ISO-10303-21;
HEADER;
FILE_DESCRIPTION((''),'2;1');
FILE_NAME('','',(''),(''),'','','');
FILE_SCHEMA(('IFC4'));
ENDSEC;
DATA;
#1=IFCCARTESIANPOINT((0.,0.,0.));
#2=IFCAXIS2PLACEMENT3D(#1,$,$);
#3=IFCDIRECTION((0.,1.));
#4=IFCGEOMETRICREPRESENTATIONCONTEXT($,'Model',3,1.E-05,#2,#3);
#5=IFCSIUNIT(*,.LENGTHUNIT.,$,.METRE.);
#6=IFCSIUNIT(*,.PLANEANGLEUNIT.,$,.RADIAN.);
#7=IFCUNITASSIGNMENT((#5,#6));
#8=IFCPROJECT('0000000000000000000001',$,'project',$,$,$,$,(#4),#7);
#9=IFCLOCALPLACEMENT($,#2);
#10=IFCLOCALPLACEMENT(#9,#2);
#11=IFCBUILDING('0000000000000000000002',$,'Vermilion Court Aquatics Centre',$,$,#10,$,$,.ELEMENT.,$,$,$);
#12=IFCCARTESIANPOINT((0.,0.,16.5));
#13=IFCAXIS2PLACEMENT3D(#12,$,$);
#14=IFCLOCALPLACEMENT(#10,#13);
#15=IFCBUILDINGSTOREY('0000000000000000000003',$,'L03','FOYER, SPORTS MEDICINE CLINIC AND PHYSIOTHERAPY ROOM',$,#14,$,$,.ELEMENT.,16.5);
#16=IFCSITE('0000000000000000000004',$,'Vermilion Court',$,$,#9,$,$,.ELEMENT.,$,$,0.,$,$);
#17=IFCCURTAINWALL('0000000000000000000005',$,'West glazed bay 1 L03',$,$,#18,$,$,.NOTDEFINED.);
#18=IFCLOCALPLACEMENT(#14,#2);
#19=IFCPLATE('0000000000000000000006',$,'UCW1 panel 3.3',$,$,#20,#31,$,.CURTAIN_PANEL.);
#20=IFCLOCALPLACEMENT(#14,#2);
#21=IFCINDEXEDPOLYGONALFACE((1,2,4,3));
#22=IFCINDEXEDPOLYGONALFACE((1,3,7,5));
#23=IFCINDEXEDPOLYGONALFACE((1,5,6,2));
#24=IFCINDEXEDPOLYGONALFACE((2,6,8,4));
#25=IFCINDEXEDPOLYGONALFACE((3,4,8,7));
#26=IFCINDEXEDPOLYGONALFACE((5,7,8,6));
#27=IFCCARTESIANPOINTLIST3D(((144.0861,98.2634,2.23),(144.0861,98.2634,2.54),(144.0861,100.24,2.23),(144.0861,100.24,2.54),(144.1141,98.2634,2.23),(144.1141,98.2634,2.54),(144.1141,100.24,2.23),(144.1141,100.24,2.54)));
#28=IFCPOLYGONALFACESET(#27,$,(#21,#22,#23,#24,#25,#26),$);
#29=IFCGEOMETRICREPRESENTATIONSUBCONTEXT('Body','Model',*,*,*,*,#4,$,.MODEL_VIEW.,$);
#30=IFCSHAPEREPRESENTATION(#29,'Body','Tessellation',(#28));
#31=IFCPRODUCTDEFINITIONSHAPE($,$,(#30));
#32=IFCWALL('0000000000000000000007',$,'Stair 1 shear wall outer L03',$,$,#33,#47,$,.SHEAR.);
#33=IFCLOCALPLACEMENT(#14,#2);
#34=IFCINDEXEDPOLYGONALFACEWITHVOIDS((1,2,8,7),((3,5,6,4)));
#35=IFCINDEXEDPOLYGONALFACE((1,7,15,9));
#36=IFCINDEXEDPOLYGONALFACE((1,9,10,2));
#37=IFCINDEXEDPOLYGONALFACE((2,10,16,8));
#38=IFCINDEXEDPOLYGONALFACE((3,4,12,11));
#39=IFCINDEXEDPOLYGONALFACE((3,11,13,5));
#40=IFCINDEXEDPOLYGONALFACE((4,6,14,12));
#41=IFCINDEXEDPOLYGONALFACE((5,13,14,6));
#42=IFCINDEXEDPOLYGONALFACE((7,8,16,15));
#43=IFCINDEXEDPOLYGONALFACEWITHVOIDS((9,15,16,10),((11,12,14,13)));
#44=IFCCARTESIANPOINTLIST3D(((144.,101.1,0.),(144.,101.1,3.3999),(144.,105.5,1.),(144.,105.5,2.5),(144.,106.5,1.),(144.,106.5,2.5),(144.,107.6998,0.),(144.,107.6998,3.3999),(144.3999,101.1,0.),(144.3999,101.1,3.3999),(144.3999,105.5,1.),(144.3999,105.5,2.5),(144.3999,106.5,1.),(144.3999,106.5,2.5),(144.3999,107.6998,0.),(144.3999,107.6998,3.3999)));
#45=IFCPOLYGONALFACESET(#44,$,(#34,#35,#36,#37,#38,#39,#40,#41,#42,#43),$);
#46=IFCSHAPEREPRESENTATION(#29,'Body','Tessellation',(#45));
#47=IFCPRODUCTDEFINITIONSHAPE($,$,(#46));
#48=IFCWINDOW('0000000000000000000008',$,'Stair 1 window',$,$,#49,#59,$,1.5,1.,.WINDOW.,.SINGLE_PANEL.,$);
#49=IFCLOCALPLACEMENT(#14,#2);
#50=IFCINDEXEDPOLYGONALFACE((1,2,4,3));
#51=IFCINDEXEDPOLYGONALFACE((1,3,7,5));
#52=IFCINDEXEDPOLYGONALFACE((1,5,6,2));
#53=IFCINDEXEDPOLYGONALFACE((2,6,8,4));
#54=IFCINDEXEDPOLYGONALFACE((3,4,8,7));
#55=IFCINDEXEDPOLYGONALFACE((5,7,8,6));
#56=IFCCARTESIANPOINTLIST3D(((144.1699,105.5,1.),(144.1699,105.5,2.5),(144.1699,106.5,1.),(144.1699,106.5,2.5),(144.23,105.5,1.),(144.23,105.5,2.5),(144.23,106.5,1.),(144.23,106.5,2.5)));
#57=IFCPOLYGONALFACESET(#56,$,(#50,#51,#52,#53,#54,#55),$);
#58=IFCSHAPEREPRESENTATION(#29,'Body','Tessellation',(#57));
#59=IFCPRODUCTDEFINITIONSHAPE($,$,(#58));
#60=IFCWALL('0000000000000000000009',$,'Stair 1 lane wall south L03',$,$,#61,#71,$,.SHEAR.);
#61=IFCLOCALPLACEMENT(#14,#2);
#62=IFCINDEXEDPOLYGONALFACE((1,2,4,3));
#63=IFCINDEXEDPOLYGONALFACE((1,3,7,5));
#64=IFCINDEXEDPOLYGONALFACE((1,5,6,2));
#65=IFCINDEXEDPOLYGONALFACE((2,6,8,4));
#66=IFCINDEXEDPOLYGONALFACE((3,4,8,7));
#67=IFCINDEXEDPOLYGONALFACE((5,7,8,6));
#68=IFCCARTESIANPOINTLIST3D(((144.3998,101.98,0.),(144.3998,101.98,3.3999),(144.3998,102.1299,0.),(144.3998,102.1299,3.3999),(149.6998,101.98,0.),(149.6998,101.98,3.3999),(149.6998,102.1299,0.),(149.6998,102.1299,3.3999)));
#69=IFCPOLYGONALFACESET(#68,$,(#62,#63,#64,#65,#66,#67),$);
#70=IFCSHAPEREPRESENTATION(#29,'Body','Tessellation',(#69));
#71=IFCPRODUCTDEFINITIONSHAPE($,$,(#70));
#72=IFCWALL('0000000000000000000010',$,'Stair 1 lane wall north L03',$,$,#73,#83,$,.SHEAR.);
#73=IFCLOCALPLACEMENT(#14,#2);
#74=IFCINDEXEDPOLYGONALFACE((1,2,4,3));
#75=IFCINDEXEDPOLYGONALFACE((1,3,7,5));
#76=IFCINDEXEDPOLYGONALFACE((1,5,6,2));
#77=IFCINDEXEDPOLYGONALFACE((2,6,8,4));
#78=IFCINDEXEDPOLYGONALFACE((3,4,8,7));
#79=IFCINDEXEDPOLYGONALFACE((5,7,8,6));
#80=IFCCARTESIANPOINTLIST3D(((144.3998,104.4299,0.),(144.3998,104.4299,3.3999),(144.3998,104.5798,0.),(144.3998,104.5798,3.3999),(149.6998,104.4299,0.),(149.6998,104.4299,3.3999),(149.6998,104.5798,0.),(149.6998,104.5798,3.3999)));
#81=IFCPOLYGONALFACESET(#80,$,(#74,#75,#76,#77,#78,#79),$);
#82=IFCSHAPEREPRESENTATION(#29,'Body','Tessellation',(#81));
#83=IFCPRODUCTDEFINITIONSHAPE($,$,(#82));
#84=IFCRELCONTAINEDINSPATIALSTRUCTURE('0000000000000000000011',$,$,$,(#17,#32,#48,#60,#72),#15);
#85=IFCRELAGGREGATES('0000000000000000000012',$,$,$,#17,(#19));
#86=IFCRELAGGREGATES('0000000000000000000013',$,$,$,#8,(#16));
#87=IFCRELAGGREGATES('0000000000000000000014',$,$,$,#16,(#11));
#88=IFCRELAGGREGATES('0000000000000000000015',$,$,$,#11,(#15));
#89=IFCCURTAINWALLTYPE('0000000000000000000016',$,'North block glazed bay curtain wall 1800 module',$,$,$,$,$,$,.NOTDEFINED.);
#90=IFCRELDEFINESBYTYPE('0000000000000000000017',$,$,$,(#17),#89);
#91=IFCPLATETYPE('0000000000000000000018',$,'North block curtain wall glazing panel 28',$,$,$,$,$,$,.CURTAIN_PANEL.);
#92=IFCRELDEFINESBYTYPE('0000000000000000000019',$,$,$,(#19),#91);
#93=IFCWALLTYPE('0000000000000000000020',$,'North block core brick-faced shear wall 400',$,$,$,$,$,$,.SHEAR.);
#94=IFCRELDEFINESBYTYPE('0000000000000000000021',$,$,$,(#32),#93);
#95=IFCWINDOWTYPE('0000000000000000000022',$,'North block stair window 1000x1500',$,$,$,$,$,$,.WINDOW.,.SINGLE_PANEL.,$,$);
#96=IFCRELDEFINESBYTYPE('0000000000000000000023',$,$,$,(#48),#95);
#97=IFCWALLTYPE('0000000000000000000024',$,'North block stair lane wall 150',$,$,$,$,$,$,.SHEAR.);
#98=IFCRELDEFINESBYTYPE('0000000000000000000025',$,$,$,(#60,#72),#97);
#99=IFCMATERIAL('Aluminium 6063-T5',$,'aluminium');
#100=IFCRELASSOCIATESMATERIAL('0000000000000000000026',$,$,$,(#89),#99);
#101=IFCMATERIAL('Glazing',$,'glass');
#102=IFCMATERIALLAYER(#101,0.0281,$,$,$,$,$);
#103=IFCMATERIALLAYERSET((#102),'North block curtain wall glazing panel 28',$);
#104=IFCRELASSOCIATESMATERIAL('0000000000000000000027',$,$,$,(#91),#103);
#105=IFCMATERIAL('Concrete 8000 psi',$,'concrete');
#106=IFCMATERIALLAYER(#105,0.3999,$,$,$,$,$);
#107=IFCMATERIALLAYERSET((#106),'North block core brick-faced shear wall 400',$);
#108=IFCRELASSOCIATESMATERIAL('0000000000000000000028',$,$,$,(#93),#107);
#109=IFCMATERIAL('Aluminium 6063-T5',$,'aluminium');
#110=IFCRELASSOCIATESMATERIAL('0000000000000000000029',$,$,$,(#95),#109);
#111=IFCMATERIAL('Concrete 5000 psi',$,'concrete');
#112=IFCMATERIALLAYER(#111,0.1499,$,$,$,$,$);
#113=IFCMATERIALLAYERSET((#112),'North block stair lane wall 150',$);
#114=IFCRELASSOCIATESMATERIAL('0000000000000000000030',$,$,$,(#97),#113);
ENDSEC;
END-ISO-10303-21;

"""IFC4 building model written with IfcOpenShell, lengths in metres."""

from ifc_helpers import new_model, si_unit, direction, frame, frame_2d, origin, origin_2d, place, context, subcontext, project, spatial, rectangle, extrude, material, layer, layer_set, type_object, element, fill, aggregate, save


model = new_model("IFC4")

# Units and contexts
model_context = context("Model", 3, precision=1e-05, world=origin(), true_north=direction((0.0, 1.0)))
body_context = subcontext(model_context, "Body", "Model", "MODEL_VIEW")
ifc_project = project(units=[si_unit("LENGTHUNIT", "METRE"), si_unit("PLANEANGLEUNIT", "RADIAN")], contexts=[model_context])

# Site, building, storey
site_placement = place(None, origin())
site = spatial("IfcSite", under=ifc_project, at=site_placement, Name="Vermilion Court", CompositionType="ELEMENT", RefElevation=0.0)
building_placement = place(site_placement, origin())
building = spatial("IfcBuilding", under=site, at=building_placement, Name="Vermilion Court Aquatics Centre", CompositionType="ELEMENT")
storey_placement = place(building_placement, frame((0.0, 0.0, 16.5)))
storey = spatial("IfcBuildingStorey", under=building, at=storey_placement, Name="L03", Description="FOYER, SPORTS MEDICINE CLINIC AND PHYSIOTHERAPY ROOM", CompositionType="ELEMENT", Elevation=16.5)

# Curtain wall
ifc_material_1 = material(Name="Aluminium 6063-T5", Category="aluminium")
curtain_wall_type = type_object("IfcCurtainWallType", Name="North block glazed bay curtain wall 1800 module", PredefinedType="NOTDEFINED", material=ifc_material_1)
curtain_wall_1_placement = place(storey_placement, origin())
curtain_wall_1 = element("IfcCurtainWall", 1, at=curtain_wall_1_placement, inside=storey, type_object=curtain_wall_type, Name="West glazed bay 1 L03", PredefinedType="NOTDEFINED")

# Plate
ifc_material_2 = material(Name="Glazing", Category="glass")
ifc_layer_1 = layer(ifc_material_2, 0.0281)
ifc_layer_set_1 = layer_set([ifc_layer_1], Name="North block curtain wall glazing panel 28")
plate_type = type_object("IfcPlateType", Name="North block curtain wall glazing panel 28", PredefinedType="CURTAIN_PANEL", material=ifc_layer_set_1)
plate_1_placement = place(storey_placement, frame((144.1001, 99.2517, 2.23), z_axis=(0.0, 0.0, 1.0), x_axis=(0.0, 1.0, 0.0)))
plate_1 = element("IfcPlate", 2, at=plate_1_placement, type_object=plate_type, Name="UCW1 panel 3.3", PredefinedType="CURTAIN_PANEL", context=body_context, shape_type="SweptSolid", body=[
    extrude(rectangle(XDim=1.9766, YDim=0.0281, at=origin_2d()), origin(), (0.0, 0.0, 1.0), 0.3101),
])
aggregate(curtain_wall_1, [plate_1])

# Wall, opening, window
ifc_material_3 = material(Name="Concrete 8000 psi", Category="concrete")
ifc_layer_2 = layer(ifc_material_3, 0.3999)
ifc_layer_set_2 = layer_set([ifc_layer_2], Name="North block core brick-faced shear wall 400")
wall_type_1 = type_object("IfcWallType", Name="North block core brick-faced shear wall 400", PredefinedType="SHEAR", material=ifc_layer_set_2)
wall_placement = place(storey_placement, frame((144.2, 101.1001, 0.0), z_axis=(0.0, 0.0, 1.0), x_axis=(0.0, 1.0, 0.0)))
wall = element("IfcWall", 3, at=wall_placement, inside=storey, type_object=wall_type_1, Name="Stair 1 shear wall outer L03", PredefinedType="SHEAR", context=body_context, shape_type="SweptSolid", body=[
    extrude(rectangle(XDim=6.5999, YDim=0.3999, at=frame_2d((3.2998, 0.0))), origin(), (0.0, 0.0, 1.0), 3.3999),
])
opening_placement = place(wall_placement, frame((4.3999, 0.0, 1.0)))
opening = element("IfcOpeningElement", 4, at=opening_placement, cuts=wall, PredefinedType="OPENING", context=body_context, shape_type="SweptSolid", body=[
    extrude(rectangle(XDim=1.0, YDim=1.5, at=frame_2d((0.5, 0.75))), frame((0.0, 0.21, 0.0), z_axis=(0.0, -1.0, 0.0), x_axis=(1.0, 0.0, 0.0)), (0.0, 0.0, 1.0), 0.4199),
])
ifc_material_4 = material(Name="Aluminium 6063-T5", Category="aluminium")
window_type = type_object("IfcWindowType", Name="North block stair window 1000x1500", PartitioningType="SINGLE_PANEL", PredefinedType="WINDOW", material=ifc_material_4)
window_placement = place(opening_placement, origin())
window = element("IfcWindow", 5, at=window_placement, inside=storey, type_object=window_type, Name="Stair 1 window", OverallHeight=1.5, OverallWidth=1.0, PartitioningType="SINGLE_PANEL", PredefinedType="WINDOW", context=body_context, shape_type="SweptSolid", body=[
    extrude(rectangle(XDim=1.0, YDim=1.5, at=frame_2d((0.5, 0.75))), frame((0.0, 0.03, 0.0), z_axis=(0.0, -1.0, 0.0), x_axis=(1.0, 0.0, 0.0)), (0.0, 0.0, 1.0), 0.0601),
])
fill(opening, window)

# Walls
ifc_material_5 = material(Name="Concrete 5000 psi", Category="concrete")
ifc_layer_3 = layer(ifc_material_5, 0.1499)
ifc_layer_set_3 = layer_set([ifc_layer_3], Name="North block stair lane wall 150")
wall_type_2 = type_object("IfcWallType", Name="North block stair lane wall 150", PredefinedType="SHEAR", material=ifc_layer_set_3)
for number, where, z_axis, x_axis, name in (
    (6, (144.3999, 102.0549, 0.0), (0.0, 0.0, 1.0), (1.0, 0.0, 0.0), "Stair 1 lane wall south L03"),
    (7, (144.3999, 104.5049, 0.0), (0.0, 0.0, 1.0), (1.0, 0.0, 0.0), "Stair 1 lane wall north L03"),
):
    element("IfcWall", number, at=place(storey_placement, frame(where, z_axis=z_axis, x_axis=x_axis)), inside=storey, type_object=wall_type_2, Name=name, PredefinedType="SHEAR", context=body_context, shape_type="SweptSolid", body=[
        extrude(rectangle(XDim=5.3, YDim=0.1499, at=frame_2d((2.6499, 0.0))), origin(), (0.0, 0.0, 1.0), 3.3999),
    ])

save(model, "model.ifc")
